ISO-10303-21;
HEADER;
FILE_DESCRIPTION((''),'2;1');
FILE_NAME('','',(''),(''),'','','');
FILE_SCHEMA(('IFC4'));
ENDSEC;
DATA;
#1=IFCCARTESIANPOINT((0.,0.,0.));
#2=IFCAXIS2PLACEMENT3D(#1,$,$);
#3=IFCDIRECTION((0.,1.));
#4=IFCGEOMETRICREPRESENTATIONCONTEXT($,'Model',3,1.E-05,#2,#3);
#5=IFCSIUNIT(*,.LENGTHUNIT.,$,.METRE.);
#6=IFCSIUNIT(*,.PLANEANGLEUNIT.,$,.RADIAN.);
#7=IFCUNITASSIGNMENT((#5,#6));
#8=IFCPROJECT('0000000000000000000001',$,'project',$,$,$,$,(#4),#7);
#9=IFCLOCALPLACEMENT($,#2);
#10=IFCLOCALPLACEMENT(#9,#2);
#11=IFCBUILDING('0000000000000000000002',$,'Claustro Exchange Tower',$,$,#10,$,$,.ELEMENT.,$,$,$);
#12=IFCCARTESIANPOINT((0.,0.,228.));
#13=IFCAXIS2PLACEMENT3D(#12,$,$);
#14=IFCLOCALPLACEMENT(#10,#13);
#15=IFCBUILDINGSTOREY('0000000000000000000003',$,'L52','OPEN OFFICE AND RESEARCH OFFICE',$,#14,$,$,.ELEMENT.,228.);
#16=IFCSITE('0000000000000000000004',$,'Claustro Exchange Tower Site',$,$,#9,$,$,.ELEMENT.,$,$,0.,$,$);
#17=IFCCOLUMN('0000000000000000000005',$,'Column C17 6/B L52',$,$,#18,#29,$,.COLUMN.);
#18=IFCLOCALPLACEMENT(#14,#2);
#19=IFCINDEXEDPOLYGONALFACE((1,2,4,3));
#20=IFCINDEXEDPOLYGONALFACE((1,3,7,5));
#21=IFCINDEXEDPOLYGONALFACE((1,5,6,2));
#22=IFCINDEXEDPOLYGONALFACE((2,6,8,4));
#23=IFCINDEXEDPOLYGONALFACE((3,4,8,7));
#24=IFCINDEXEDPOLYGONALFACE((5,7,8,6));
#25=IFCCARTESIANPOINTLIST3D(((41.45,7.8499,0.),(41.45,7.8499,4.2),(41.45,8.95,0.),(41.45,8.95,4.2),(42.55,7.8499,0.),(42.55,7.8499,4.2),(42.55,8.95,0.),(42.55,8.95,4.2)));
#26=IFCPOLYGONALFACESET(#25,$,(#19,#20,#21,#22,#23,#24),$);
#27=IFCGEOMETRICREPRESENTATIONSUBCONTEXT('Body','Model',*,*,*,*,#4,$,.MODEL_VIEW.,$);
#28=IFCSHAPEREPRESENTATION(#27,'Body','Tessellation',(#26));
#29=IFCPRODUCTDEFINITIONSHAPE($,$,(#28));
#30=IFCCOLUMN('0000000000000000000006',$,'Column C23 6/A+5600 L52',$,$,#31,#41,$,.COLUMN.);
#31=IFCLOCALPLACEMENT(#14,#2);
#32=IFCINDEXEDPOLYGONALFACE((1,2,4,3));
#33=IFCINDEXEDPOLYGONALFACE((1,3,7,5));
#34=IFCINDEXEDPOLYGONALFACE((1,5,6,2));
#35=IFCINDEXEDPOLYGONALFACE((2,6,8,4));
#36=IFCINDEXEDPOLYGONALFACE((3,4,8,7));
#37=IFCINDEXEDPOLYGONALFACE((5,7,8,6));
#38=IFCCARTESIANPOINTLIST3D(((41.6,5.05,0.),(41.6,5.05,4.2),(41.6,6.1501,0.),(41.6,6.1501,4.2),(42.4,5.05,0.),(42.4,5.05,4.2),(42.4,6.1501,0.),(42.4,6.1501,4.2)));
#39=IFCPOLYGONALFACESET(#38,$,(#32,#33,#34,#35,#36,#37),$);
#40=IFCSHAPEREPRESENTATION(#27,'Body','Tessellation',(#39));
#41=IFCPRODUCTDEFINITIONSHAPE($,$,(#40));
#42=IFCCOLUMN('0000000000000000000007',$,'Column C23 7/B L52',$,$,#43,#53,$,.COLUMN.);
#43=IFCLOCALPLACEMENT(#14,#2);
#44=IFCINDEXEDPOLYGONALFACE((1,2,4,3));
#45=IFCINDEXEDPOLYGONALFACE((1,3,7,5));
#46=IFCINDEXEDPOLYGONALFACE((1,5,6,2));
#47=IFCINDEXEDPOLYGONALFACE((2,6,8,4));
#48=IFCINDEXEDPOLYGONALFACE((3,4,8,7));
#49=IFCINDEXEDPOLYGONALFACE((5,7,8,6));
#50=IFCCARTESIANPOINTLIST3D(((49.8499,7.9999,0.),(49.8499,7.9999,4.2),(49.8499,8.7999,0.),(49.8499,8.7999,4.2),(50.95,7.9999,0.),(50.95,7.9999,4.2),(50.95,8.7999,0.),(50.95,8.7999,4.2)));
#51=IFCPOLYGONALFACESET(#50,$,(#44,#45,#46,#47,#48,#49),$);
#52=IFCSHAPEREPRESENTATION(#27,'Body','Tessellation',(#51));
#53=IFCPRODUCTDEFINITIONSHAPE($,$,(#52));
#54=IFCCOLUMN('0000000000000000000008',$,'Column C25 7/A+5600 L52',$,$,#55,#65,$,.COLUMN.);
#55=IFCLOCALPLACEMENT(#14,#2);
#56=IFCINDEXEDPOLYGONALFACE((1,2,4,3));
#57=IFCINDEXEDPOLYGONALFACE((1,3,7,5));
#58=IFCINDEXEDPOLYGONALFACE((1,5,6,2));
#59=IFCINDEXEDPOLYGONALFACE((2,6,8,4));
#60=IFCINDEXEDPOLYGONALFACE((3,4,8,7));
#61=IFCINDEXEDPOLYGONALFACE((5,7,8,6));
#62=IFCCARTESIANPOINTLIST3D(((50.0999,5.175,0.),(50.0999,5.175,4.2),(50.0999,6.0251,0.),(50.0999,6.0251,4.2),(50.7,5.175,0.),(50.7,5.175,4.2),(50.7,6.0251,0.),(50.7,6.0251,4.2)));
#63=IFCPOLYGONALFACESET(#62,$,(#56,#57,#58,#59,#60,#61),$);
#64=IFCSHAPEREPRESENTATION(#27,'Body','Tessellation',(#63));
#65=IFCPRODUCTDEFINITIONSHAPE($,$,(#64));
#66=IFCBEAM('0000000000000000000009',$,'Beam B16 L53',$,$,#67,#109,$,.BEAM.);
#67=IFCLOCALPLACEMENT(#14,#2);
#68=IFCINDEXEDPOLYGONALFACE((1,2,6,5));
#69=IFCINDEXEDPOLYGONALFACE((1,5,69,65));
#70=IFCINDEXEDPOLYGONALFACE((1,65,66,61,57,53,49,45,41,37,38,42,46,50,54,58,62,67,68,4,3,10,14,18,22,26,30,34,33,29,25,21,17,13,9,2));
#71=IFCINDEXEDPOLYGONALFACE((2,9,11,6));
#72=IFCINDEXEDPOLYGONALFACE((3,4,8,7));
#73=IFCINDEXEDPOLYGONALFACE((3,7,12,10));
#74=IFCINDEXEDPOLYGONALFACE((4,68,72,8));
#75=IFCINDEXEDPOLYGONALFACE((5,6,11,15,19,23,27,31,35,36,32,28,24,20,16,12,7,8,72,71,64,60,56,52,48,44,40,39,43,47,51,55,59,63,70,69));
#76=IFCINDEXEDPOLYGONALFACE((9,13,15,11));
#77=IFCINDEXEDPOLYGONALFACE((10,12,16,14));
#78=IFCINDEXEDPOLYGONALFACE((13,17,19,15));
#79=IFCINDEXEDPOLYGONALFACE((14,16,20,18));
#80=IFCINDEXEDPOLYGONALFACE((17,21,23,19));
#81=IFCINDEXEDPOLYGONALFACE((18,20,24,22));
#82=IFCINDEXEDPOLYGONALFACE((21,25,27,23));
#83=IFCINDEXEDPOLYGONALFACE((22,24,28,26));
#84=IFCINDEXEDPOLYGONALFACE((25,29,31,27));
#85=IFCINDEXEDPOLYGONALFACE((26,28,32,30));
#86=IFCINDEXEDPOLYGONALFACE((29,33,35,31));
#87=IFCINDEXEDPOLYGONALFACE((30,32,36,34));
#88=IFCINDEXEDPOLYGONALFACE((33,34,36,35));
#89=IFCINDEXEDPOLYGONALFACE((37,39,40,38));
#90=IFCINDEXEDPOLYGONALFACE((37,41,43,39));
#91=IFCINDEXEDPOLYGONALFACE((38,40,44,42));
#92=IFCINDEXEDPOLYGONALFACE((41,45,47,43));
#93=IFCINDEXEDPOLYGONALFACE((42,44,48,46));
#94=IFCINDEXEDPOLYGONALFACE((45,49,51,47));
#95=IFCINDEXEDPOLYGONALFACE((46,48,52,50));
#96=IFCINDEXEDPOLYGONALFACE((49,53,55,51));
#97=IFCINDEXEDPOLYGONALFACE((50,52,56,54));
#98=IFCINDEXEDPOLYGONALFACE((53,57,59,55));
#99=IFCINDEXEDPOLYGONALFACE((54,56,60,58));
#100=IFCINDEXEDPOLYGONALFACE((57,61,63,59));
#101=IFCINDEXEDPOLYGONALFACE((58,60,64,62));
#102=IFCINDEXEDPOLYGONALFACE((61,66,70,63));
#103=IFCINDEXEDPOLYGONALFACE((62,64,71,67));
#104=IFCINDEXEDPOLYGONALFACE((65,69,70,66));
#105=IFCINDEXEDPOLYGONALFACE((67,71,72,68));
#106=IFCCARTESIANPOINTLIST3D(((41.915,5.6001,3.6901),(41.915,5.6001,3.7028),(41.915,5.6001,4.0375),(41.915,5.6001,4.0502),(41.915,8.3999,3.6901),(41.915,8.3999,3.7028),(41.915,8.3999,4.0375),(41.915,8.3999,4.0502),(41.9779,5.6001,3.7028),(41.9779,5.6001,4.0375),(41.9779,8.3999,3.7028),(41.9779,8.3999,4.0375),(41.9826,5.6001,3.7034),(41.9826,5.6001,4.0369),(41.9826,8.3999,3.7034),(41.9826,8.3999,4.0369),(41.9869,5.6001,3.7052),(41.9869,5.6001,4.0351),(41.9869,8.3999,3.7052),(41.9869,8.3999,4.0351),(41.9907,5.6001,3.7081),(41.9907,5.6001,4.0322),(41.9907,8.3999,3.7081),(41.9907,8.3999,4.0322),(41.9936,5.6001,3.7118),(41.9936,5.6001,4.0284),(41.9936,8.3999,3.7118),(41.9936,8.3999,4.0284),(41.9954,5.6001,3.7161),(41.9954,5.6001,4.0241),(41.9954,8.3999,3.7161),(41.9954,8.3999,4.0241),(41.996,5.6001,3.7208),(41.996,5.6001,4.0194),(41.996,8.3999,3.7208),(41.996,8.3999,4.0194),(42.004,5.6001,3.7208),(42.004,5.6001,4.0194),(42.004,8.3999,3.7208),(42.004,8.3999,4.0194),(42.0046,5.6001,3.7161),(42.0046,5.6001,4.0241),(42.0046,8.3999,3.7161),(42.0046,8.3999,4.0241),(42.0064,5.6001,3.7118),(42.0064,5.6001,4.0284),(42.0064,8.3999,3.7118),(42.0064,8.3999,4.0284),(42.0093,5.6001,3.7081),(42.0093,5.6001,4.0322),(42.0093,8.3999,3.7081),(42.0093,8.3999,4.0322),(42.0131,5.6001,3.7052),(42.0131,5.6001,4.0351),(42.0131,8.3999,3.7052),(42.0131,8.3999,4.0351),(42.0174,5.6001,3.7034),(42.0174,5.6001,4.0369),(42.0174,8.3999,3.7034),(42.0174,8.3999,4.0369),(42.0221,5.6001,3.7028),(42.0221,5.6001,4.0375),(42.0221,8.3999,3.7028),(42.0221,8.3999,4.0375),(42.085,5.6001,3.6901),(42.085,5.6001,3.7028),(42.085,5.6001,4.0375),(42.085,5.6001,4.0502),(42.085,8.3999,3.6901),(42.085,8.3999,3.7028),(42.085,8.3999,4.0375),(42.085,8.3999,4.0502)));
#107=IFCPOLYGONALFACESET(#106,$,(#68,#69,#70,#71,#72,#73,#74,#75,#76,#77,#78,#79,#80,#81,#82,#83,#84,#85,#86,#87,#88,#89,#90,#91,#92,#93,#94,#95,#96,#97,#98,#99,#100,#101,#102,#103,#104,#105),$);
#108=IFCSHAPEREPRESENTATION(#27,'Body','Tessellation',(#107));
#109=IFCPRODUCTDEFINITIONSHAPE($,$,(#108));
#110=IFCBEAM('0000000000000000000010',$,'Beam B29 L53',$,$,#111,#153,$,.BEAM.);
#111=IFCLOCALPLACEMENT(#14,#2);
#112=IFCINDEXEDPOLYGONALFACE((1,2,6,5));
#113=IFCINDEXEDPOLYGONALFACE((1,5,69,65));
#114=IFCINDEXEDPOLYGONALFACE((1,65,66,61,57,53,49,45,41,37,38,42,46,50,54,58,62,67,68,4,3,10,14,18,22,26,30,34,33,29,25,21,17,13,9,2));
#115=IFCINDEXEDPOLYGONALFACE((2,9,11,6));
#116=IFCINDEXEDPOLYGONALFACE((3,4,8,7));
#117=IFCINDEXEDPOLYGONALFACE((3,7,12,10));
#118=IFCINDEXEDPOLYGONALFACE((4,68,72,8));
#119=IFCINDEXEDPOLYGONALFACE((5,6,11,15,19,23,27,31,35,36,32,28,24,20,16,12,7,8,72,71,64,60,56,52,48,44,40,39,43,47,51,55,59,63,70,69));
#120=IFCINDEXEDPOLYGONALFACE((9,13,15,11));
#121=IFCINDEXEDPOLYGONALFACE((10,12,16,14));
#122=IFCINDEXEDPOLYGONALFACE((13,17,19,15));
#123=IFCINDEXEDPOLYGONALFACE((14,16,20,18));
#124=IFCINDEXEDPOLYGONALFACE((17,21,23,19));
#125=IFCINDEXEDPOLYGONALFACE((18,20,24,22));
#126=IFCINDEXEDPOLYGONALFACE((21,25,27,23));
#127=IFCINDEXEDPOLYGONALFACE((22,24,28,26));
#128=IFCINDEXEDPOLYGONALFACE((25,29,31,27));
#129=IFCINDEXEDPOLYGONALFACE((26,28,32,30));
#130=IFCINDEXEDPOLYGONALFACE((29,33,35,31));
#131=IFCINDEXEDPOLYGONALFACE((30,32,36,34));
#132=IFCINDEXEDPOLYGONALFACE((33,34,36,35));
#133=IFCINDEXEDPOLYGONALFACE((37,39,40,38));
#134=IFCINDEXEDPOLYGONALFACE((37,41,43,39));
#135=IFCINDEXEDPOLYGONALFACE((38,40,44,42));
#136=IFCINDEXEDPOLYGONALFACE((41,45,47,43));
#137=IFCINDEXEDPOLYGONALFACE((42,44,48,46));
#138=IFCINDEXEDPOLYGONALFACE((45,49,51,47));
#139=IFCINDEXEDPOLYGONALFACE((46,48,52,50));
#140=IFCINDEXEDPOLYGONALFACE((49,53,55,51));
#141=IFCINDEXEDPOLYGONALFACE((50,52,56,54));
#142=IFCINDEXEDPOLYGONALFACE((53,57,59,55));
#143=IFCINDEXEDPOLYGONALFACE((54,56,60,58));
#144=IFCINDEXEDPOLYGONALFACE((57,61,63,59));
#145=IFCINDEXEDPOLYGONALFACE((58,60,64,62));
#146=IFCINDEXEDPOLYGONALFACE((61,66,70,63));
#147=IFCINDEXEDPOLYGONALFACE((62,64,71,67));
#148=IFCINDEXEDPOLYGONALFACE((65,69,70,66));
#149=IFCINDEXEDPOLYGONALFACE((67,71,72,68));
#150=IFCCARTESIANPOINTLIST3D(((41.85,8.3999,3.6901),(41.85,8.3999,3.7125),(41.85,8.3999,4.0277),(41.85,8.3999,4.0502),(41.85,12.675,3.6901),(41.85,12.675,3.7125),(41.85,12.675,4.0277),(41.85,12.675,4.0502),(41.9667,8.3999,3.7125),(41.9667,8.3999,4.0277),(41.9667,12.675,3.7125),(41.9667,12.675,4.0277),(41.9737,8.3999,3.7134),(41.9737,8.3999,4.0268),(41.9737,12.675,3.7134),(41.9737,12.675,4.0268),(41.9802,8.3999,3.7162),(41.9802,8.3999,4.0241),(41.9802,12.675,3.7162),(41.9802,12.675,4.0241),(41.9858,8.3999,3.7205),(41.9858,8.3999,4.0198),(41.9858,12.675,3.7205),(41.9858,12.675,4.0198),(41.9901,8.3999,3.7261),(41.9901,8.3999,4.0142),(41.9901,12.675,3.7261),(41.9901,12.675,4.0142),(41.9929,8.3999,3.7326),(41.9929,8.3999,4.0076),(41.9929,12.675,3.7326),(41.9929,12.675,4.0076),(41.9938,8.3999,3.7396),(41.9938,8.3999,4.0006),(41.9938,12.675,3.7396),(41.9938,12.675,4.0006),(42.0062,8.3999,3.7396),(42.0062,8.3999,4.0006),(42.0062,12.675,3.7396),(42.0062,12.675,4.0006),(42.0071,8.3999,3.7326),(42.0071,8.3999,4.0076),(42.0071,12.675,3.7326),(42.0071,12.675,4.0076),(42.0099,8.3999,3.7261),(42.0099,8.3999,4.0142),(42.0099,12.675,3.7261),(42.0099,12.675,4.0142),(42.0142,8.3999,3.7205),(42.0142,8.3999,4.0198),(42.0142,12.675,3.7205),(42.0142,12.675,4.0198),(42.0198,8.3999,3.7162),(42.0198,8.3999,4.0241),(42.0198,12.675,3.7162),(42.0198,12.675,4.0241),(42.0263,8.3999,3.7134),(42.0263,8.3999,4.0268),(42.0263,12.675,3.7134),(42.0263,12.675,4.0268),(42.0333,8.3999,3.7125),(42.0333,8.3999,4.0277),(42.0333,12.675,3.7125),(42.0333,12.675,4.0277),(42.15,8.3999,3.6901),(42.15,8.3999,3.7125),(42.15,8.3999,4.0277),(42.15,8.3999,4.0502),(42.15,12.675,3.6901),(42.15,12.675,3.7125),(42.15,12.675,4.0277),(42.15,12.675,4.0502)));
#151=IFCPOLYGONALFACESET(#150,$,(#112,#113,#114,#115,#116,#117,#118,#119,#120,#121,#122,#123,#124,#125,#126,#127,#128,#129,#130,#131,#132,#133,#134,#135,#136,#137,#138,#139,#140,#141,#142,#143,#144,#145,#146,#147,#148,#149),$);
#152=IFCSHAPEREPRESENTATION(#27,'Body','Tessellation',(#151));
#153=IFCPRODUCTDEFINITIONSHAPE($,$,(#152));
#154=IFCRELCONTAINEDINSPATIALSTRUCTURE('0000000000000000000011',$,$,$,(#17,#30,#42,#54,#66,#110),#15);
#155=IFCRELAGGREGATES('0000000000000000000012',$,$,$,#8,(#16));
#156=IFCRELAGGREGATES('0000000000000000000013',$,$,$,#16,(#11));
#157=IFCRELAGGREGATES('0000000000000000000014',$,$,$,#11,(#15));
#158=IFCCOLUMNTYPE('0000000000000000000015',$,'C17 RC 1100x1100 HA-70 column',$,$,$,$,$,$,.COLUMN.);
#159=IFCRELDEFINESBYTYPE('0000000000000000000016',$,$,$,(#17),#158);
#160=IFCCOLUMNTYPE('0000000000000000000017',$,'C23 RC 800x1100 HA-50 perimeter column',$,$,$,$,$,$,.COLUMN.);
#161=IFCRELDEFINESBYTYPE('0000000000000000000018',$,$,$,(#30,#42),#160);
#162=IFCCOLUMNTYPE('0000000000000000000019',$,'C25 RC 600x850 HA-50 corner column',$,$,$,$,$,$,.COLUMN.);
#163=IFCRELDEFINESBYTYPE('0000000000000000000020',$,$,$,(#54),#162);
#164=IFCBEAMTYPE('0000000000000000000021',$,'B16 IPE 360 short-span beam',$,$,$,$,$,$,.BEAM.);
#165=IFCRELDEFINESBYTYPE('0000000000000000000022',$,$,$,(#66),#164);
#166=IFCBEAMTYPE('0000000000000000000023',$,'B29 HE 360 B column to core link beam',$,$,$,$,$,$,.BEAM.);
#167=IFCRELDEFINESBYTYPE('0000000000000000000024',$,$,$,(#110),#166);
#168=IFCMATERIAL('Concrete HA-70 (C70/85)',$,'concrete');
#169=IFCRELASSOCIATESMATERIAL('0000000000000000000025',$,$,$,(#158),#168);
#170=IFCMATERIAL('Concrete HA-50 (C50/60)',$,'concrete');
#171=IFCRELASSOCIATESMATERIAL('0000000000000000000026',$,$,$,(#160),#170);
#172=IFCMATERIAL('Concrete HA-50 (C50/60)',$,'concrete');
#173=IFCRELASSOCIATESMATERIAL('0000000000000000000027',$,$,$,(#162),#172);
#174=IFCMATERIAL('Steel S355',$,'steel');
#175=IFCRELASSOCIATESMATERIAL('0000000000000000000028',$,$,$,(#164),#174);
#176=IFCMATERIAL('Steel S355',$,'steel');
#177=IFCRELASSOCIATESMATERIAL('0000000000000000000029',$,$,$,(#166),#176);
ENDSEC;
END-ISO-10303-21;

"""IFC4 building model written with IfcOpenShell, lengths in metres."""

from ifc_helpers import new_model, si_unit, direction, frame, origin, origin_2d, place, context, subcontext, project, spatial, rectangle, i_section, extrude, material, material_profile, profile_set, type_object, element, save


model = new_model("IFC4")

# Units and contexts
model_context = context("Model", 3, precision=1e-05, world=origin(), true_north=direction((0.0, 1.0)))
body_context = subcontext(model_context, "Body", "Model", "MODEL_VIEW")
ifc_project = project(units=[si_unit("LENGTHUNIT", "METRE"), si_unit("PLANEANGLEUNIT", "RADIAN")], contexts=[model_context])

# Site, building, storey
site_placement = place(None, origin())
site = spatial("IfcSite", under=ifc_project, at=site_placement, Name="Claustro Exchange Tower Site", CompositionType="ELEMENT", RefElevation=0.0)
building_placement = place(site_placement, origin())
building = spatial("IfcBuilding", under=site, at=building_placement, Name="Claustro Exchange Tower", CompositionType="ELEMENT")
storey_placement = place(building_placement, frame((0.0, 0.0, 228.0)))
storey = spatial("IfcBuildingStorey", under=building, at=storey_placement, Name="L52", Description="OPEN OFFICE AND RESEARCH OFFICE", CompositionType="ELEMENT", Elevation=228.0)

# Columns
ifc_material_1 = material(Name="Concrete HA-70 (C70/85)", Category="concrete")
ifc_material_profile_1 = material_profile(ifc_material_1, rectangle(XDim=1.1001, YDim=1.1001, at=origin_2d()), Name="RC 1100x1100")
ifc_profile_set_1 = profile_set([ifc_material_profile_1], Name="Concrete HA-70 (C70/85)")
column_type_1 = type_object("IfcColumnType", Name="C17 RC 1100x1100 HA-70 column", PredefinedType="COLUMN", material=ifc_profile_set_1)
column_1_placement = place(storey_placement, frame((42.0, 8.3999, 0.0), z_axis=(0.0, 0.0, 1.0), x_axis=(1.0, 0.0, 0.0)))
element("IfcColumn", 1, at=column_1_placement, inside=storey, type_object=column_type_1, Name="Column C17 6/B L52", PredefinedType="COLUMN", context=body_context, shape_type="SweptSolid", body=[
    extrude(rectangle(XDim=1.1001, YDim=1.1001, at=origin_2d()), origin(), (0.0, 0.0, 1.0), 4.2),
])
ifc_material_2 = material(Name="Concrete HA-50 (C50/60)", Category="concrete")
ifc_material_profile_2 = material_profile(ifc_material_2, rectangle(XDim=0.8, YDim=1.1001, at=origin_2d()), Name="RC 800x1100")
ifc_profile_set_2 = profile_set([ifc_material_profile_2], Name="Concrete HA-50 (C50/60)")
column_type_2 = type_object("IfcColumnType", Name="C23 RC 800x1100 HA-50 perimeter column", PredefinedType="COLUMN", material=ifc_profile_set_2)
for number, where, z_axis, x_axis, name in (
    (2, (42.0, 5.6001, 0.0), (0.0, 0.0, 1.0), (1.0, 0.0, 0.0), "Column C23 6/A+5600 L52"),
    (3, (50.3999, 8.3999, 0.0), (0.0, 0.0, 1.0), (0.0, 1.0, 0.0), "Column C23 7/B L52"),
):
    element("IfcColumn", number, at=place(storey_placement, frame(where, z_axis=z_axis, x_axis=x_axis)), inside=storey, type_object=column_type_2, Name=name, PredefinedType="COLUMN", context=body_context, shape_type="SweptSolid", body=[
        extrude(rectangle(XDim=0.8, YDim=1.1001, at=origin_2d()), origin(), (0.0, 0.0, 1.0), 4.2),
    ])
ifc_material_3 = material(Name="Concrete HA-50 (C50/60)", Category="concrete")
ifc_material_profile_3 = material_profile(ifc_material_3, rectangle(XDim=0.6001, YDim=0.8501, at=origin_2d()), Name="RC 600x850")
ifc_profile_set_3 = profile_set([ifc_material_profile_3], Name="Concrete HA-50 (C50/60)")
column_type_3 = type_object("IfcColumnType", Name="C25 RC 600x850 HA-50 corner column", PredefinedType="COLUMN", material=ifc_profile_set_3)
column_2_placement = place(storey_placement, frame((50.3999, 5.6001, 0.0), z_axis=(0.0, 0.0, 1.0), x_axis=(1.0, 0.0, 0.0)))
element("IfcColumn", 4, at=column_2_placement, inside=storey, type_object=column_type_3, Name="Column C25 7/A+5600 L52", PredefinedType="COLUMN", context=body_context, shape_type="SweptSolid", body=[
    extrude(rectangle(XDim=0.6001, YDim=0.8501, at=origin_2d()), origin(), (0.0, 0.0, 1.0), 4.2),
])

# Beams
ifc_material_4 = material(Name="Steel S355", Category="steel")
ifc_material_profile_4 = material_profile(ifc_material_4, i_section(OverallWidth=0.1699, OverallDepth=0.3601, WebThickness=0.0081, FlangeThickness=0.0127, FilletRadius=0.0181, at=origin_2d()), Name="IPE 360")
ifc_profile_set_4 = profile_set([ifc_material_profile_4], Name="Steel S355")
beam_type_1 = type_object("IfcBeamType", Name="B16 IPE 360 short-span beam", PredefinedType="BEAM", material=ifc_profile_set_4)
beam_1_placement = place(storey_placement, frame((42.0, 5.6001, 3.8701), z_axis=(0.0, 1.0, 0.0), x_axis=(-1.0, 0.0, 0.0)))
element("IfcBeam", 5, at=beam_1_placement, inside=storey, type_object=beam_type_1, Name="Beam B16 L53", PredefinedType="BEAM", context=body_context, shape_type="SweptSolid", body=[
    extrude(i_section(OverallWidth=0.1699, OverallDepth=0.3601, WebThickness=0.0081, FlangeThickness=0.0127, FilletRadius=0.0181, at=origin_2d()), origin(), (0.0, 0.0, 1.0), 2.7998),
])
ifc_material_5 = material(Name="Steel S355", Category="steel")
ifc_material_profile_5 = material_profile(ifc_material_5, i_section(OverallWidth=0.3, OverallDepth=0.3601, WebThickness=0.0125, FlangeThickness=0.0225, FilletRadius=0.0271, at=origin_2d()), Name="HE 360 B")
ifc_profile_set_5 = profile_set([ifc_material_profile_5], Name="Steel S355")
beam_type_2 = type_object("IfcBeamType", Name="B29 HE 360 B column to core link beam", PredefinedType="BEAM", material=ifc_profile_set_5)
beam_2_placement = place(storey_placement, frame((42.0, 8.3999, 3.8701), z_axis=(0.0, 1.0, 0.0), x_axis=(-1.0, 0.0, 0.0)))
element("IfcBeam", 6, at=beam_2_placement, inside=storey, type_object=beam_type_2, Name="Beam B29 L53", PredefinedType="BEAM", context=body_context, shape_type="SweptSolid", body=[
    extrude(i_section(OverallWidth=0.3, OverallDepth=0.3601, WebThickness=0.0125, FlangeThickness=0.0225, FilletRadius=0.0271, at=origin_2d()), origin(), (0.0, 0.0, 1.0), 4.2751),
])

save(model, "model.ifc")
